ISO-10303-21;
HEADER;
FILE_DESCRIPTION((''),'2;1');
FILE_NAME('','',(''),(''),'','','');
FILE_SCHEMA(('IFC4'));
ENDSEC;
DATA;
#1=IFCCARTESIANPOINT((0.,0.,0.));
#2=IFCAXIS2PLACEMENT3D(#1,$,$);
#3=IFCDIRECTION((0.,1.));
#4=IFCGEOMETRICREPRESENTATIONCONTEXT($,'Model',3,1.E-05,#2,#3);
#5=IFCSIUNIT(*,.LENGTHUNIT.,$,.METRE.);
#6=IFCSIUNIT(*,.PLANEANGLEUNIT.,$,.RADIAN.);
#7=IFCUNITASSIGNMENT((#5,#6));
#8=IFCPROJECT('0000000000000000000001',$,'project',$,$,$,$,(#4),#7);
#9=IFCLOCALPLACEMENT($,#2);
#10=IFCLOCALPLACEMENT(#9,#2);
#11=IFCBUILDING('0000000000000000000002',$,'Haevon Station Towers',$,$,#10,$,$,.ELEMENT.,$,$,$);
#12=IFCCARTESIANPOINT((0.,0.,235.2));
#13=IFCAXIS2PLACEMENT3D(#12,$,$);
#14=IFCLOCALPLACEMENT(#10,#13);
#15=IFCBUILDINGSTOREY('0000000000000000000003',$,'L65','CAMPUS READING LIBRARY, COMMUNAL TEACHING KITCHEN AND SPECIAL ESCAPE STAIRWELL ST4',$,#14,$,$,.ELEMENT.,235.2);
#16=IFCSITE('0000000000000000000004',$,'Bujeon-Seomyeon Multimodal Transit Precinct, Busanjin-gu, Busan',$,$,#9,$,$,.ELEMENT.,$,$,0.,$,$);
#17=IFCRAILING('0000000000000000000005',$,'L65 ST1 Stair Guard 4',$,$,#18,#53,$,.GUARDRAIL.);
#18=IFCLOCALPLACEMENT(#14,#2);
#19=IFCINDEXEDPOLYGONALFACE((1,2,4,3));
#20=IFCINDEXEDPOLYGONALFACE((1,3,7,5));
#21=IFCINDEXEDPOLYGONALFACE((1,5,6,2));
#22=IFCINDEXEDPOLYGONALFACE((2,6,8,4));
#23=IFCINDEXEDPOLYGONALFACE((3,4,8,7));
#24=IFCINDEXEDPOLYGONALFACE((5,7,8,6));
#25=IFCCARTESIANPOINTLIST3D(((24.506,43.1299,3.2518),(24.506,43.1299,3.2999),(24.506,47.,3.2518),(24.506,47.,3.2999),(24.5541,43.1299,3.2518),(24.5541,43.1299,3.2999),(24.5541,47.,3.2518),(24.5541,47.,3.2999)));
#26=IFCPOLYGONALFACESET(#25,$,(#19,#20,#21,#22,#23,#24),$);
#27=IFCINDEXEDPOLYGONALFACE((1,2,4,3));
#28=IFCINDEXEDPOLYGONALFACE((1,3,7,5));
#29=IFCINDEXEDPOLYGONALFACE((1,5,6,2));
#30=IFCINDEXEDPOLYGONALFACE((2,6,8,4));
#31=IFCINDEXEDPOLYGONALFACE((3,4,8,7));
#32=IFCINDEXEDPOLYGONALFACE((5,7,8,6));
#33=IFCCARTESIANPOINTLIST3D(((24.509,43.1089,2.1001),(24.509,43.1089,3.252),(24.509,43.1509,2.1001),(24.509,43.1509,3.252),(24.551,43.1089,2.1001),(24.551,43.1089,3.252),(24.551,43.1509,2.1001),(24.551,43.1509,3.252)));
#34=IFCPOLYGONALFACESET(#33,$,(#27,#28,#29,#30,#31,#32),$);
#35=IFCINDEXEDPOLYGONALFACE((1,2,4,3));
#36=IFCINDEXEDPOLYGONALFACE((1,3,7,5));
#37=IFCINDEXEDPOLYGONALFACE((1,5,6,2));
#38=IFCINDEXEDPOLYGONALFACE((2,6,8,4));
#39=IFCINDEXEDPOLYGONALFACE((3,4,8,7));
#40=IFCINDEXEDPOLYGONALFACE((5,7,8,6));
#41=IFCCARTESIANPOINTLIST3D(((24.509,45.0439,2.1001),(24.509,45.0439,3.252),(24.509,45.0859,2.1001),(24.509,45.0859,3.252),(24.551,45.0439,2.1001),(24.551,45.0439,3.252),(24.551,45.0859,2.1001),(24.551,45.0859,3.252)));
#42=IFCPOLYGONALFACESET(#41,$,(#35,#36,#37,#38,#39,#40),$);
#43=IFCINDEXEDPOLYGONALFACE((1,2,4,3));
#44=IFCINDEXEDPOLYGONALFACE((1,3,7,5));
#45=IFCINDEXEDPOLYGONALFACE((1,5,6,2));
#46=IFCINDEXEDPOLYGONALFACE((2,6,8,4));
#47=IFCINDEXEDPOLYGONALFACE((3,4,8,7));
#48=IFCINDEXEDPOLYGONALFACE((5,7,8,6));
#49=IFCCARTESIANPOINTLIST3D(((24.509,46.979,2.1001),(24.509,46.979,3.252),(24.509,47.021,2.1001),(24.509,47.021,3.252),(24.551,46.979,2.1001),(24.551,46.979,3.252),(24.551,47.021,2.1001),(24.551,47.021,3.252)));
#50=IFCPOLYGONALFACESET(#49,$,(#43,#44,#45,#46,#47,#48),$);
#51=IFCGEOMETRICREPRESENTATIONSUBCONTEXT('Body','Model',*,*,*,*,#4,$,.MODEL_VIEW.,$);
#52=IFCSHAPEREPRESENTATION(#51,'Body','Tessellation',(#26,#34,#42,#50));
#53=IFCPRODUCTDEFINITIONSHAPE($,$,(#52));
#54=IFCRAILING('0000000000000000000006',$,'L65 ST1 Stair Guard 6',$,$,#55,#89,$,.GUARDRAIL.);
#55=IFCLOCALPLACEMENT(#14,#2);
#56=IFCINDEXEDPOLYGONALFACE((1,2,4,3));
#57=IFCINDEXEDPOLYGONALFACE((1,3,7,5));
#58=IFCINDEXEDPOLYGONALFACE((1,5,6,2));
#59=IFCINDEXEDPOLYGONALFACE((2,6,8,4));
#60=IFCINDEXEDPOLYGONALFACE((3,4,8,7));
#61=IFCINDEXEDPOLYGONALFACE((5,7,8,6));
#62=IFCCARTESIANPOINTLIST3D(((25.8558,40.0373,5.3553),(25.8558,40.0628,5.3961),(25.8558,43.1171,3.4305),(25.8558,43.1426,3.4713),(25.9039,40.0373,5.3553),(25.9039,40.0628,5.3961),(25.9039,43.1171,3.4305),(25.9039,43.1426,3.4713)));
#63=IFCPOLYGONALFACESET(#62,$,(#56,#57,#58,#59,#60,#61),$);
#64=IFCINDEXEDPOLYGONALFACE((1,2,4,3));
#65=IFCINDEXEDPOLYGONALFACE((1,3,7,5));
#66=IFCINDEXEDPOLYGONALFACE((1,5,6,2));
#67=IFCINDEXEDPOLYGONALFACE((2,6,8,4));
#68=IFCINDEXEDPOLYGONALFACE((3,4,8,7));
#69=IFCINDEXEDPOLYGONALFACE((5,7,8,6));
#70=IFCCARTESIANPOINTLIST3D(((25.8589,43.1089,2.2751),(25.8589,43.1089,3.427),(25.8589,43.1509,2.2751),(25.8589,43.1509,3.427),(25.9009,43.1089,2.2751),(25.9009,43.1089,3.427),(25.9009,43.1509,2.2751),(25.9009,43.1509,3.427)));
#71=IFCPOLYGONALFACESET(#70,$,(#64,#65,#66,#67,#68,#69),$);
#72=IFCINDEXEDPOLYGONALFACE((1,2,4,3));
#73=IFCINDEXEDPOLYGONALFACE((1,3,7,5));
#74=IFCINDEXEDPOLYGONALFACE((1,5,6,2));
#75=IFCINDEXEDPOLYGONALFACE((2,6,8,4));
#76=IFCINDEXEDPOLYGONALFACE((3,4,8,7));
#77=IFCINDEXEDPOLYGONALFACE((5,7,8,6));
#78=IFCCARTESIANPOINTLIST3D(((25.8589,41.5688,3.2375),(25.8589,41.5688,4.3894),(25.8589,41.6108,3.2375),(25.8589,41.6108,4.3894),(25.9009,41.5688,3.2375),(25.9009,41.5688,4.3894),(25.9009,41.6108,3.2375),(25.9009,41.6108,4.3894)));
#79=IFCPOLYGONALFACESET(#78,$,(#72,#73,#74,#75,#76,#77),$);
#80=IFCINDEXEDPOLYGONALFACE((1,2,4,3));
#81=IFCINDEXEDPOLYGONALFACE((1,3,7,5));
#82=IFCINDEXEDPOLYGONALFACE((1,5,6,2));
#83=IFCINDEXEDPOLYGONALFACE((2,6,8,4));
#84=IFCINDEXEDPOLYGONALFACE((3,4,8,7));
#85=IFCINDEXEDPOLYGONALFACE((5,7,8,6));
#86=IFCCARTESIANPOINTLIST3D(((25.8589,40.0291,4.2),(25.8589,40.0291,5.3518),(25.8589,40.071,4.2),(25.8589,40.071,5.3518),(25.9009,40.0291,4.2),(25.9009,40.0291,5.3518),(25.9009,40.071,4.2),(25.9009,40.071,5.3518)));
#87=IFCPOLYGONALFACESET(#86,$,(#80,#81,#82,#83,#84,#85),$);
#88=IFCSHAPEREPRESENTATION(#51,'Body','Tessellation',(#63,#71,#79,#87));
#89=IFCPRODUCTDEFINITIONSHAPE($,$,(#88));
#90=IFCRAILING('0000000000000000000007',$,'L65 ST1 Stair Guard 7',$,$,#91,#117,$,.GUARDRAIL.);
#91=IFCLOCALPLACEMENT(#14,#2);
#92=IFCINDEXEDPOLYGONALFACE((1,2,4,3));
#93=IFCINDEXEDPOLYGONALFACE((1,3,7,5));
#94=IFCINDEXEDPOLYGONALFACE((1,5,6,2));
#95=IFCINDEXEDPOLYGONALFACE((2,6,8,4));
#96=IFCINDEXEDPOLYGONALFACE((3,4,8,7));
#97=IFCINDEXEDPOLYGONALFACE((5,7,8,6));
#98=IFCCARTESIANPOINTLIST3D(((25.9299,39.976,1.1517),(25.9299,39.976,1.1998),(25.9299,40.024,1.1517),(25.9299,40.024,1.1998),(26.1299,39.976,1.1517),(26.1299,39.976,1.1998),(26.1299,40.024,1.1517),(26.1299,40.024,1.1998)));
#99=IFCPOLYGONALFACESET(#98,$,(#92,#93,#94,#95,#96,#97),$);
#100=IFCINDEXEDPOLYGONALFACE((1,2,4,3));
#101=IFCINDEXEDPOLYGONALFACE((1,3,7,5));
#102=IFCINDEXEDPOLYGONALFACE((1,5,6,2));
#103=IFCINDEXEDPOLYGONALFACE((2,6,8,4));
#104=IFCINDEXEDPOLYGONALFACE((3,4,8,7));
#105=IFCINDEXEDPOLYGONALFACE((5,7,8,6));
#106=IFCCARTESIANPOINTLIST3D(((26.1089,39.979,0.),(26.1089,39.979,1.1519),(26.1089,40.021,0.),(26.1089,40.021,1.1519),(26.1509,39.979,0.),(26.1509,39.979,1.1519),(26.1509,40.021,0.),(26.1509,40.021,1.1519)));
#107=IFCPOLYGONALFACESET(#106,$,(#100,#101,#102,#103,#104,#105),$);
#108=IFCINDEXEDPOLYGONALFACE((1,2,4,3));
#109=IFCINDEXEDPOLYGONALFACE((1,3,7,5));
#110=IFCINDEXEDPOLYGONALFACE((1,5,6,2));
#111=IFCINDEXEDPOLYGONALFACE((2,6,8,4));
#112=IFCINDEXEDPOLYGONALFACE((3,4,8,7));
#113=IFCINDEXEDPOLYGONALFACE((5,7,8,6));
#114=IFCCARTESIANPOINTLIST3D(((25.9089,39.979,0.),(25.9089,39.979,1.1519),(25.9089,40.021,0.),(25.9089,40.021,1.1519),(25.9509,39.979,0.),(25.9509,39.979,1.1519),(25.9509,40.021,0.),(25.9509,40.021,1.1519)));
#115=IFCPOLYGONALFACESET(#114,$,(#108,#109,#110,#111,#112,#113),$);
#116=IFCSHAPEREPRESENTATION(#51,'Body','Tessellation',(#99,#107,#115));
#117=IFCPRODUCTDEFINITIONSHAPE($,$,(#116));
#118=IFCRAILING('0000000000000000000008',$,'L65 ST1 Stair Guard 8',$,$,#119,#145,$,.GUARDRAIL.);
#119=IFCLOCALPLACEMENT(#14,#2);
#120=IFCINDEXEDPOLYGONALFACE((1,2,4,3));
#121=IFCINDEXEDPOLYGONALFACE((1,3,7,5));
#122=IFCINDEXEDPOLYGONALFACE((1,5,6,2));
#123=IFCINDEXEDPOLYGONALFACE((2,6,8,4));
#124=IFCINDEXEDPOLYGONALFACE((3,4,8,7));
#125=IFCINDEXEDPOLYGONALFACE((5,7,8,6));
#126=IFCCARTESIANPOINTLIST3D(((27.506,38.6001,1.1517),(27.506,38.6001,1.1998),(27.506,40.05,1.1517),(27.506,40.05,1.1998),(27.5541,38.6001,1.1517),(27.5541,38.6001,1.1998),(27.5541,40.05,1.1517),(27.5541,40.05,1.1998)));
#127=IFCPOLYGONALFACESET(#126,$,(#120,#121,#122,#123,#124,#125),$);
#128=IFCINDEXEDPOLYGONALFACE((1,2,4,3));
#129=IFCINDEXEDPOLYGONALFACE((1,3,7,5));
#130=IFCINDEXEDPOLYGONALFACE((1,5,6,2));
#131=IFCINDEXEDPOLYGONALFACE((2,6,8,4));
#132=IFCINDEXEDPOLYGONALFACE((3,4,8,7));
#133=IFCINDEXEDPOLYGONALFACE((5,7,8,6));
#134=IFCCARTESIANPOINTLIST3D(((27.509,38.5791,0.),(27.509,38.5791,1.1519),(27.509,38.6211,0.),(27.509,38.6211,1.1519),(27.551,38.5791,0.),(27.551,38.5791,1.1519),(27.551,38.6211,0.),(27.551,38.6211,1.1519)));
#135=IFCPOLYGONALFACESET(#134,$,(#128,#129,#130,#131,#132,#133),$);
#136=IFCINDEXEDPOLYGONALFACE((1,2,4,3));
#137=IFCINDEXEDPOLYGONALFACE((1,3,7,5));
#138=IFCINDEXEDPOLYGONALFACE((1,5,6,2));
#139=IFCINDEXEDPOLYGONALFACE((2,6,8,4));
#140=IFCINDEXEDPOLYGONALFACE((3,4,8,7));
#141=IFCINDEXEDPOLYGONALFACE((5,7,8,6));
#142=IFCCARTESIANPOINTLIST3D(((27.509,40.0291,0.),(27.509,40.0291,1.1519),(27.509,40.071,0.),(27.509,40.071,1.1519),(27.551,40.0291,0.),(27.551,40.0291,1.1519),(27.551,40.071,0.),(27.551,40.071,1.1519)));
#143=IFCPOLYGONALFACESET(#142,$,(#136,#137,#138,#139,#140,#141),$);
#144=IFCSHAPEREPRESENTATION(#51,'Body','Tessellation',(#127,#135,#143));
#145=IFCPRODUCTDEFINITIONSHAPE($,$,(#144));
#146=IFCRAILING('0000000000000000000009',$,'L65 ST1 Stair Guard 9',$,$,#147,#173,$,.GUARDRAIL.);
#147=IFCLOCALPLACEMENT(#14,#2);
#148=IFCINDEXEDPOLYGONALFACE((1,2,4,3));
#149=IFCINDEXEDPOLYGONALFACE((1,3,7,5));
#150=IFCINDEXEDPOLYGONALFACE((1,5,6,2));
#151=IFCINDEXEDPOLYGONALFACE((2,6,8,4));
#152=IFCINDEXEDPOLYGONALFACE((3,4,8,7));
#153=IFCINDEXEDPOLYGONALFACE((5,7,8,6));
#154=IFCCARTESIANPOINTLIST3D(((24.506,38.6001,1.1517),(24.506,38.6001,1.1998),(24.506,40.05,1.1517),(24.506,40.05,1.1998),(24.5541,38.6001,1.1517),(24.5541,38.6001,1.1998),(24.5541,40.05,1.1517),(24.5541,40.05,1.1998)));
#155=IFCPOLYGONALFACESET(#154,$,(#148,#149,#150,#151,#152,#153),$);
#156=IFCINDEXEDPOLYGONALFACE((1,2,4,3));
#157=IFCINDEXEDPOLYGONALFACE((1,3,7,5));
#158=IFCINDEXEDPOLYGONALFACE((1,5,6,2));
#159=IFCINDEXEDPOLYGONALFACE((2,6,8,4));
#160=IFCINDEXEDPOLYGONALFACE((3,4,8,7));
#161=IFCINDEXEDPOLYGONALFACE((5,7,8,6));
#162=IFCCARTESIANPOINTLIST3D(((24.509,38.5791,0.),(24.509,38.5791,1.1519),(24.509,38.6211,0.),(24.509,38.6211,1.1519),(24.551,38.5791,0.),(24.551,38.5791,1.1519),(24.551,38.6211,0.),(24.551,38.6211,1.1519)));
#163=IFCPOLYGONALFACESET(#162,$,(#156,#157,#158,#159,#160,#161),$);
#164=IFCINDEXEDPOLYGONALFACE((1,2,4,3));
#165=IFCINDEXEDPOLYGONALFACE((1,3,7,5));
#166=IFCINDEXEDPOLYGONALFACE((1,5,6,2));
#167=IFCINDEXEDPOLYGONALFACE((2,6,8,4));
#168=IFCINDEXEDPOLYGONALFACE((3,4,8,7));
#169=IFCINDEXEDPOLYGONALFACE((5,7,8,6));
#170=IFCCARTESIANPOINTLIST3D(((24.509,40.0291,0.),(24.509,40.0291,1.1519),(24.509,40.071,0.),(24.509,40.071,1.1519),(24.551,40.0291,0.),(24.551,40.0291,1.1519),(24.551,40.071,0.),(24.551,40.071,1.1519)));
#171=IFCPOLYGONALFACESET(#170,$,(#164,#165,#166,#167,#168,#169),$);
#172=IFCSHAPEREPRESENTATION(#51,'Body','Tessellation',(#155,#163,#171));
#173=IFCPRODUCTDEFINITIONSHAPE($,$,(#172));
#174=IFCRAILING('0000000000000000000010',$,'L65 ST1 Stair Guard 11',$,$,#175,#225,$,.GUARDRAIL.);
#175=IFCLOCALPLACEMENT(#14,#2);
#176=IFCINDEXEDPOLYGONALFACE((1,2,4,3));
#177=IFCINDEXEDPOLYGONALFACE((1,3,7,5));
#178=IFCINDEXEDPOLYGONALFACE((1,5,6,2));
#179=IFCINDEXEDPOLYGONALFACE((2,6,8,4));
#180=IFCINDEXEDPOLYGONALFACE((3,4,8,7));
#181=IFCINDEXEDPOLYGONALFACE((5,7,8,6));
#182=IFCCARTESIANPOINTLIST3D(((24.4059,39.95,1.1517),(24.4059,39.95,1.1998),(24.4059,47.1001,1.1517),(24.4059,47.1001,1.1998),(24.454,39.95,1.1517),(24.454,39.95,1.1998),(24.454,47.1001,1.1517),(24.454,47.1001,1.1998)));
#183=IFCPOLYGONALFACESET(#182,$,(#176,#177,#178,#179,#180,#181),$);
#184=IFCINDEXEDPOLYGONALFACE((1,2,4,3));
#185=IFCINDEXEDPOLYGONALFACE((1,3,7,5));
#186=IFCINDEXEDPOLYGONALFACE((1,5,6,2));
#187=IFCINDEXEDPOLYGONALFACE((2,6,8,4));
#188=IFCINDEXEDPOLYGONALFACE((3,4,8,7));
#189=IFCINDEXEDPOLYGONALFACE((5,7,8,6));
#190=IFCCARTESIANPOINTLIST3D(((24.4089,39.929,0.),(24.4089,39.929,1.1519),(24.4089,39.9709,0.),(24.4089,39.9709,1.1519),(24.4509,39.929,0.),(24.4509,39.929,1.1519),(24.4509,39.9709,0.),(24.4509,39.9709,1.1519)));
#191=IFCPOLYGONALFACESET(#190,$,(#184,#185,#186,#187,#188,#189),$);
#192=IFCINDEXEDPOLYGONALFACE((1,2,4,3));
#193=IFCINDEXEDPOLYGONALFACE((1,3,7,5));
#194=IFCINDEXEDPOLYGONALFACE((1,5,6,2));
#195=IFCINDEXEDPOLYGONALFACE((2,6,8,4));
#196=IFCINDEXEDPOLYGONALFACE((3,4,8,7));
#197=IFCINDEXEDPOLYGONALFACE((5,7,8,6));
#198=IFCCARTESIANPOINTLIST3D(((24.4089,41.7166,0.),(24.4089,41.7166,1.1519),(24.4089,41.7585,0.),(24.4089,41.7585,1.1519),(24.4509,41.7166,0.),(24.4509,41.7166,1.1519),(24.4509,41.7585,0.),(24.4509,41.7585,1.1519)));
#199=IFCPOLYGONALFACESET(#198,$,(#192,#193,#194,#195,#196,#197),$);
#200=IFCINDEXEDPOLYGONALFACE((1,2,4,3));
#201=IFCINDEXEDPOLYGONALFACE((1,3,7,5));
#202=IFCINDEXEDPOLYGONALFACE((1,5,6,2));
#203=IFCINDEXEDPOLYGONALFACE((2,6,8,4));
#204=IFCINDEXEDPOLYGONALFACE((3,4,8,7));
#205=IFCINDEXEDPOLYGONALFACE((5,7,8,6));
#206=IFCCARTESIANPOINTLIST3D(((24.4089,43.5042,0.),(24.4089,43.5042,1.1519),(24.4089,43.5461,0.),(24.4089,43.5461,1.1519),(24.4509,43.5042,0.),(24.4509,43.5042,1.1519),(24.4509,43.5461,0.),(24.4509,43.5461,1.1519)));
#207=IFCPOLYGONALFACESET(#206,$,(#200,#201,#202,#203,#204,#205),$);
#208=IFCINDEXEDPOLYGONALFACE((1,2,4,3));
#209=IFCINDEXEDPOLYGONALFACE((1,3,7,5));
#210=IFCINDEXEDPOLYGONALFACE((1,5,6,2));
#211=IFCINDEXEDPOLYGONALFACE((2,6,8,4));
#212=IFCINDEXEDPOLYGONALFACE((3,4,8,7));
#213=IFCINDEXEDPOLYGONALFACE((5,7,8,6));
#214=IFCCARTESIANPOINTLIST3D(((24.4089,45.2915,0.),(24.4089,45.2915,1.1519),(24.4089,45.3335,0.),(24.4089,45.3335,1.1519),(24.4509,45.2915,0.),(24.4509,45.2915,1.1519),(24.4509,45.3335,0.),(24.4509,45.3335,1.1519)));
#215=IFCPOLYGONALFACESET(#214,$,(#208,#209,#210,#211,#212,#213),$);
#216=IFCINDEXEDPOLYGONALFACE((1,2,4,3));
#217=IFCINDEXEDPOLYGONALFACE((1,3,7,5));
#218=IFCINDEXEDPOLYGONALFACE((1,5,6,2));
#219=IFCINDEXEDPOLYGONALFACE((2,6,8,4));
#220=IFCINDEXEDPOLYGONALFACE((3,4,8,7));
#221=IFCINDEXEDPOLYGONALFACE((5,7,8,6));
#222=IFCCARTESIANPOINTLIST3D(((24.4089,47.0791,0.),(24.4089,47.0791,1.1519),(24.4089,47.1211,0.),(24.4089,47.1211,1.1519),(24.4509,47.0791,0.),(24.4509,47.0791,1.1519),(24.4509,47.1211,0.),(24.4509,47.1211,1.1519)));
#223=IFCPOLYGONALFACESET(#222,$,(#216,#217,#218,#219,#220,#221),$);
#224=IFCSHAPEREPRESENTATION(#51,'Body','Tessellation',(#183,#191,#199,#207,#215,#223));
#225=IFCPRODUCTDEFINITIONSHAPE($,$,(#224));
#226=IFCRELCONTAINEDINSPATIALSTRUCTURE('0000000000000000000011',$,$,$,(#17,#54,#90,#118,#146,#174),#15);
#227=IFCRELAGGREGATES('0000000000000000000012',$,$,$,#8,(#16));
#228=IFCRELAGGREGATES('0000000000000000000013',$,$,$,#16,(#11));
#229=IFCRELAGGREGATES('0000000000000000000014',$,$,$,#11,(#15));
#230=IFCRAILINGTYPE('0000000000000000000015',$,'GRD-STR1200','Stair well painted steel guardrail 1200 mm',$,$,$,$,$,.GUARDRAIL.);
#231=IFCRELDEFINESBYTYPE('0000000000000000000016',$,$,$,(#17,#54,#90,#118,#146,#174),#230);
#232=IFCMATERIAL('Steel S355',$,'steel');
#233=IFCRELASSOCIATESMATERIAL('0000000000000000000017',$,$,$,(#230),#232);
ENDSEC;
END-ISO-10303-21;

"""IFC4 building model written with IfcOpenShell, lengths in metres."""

from ifc_helpers import new_model, si_unit, direction, frame, origin, origin_2d, place, context, subcontext, project, spatial, rectangle, extrude, material, type_object, element, save


model = new_model("IFC4")

# Units and contexts
model_context = context("Model", 3, precision=1e-05, world=origin(), true_north=direction((0.0, 1.0)))
body_context = subcontext(model_context, "Body", "Model", "MODEL_VIEW")
ifc_project = project(units=[si_unit("LENGTHUNIT", "METRE"), si_unit("PLANEANGLEUNIT", "RADIAN")], contexts=[model_context])

# Site, building, storey
site_placement = place(None, origin())
site = spatial("IfcSite", under=ifc_project, at=site_placement, Name="Bujeon-Seomyeon Multimodal Transit Precinct, Busanjin-gu, Busan", CompositionType="ELEMENT", RefElevation=0.0)
building_placement = place(site_placement, origin())
building = spatial("IfcBuilding", under=site, at=building_placement, Name="Haevon Station Towers", CompositionType="ELEMENT")
storey_placement = place(building_placement, frame((0.0, 0.0, 235.2)))
storey = spatial("IfcBuildingStorey", under=building, at=storey_placement, Name="L65", Description="CAMPUS READING LIBRARY, COMMUNAL TEACHING KITCHEN AND SPECIAL ESCAPE STAIRWELL ST4", CompositionType="ELEMENT", Elevation=235.2)

# Shared definitions
ifc_material_1 = material(Name="Steel S355", Category="steel")

# Railings
railing_type_1 = type_object("IfcRailingType", Name="GRD-STR1200", Description="Stair well painted steel guardrail 1200 mm", PredefinedType="GUARDRAIL", material=ifc_material_1)
for number, where, name in (
    (1, (24.53, 43.1299, 2.1001), "L65 ST1 Stair Guard 4"),
):
    element("IfcRailing", number, at=place(storey_placement, frame(where)), inside=storey, type_object=railing_type_1, Name=name, PredefinedType="GUARDRAIL", context=body_context, shape_type="SweptSolid", body=[
        extrude(rectangle(XDim=0.0481, YDim=0.0481, at=origin_2d()), frame((0.0, 0.0, 1.1758), z_axis=(0.0, 1.0, 0.0), x_axis=(-1.0, 0.0, 0.0)), (0.0, 0.0, 1.0), 3.8701),
        extrude(rectangle(XDim=0.042, YDim=0.042, at=origin_2d()), origin(), (0.0, 0.0, 1.0), 1.1519),
        extrude(rectangle(XDim=0.042, YDim=0.042, at=origin_2d()), frame((0.0, 1.9351, 0.0)), (0.0, 0.0, 1.0), 1.1519),
        extrude(rectangle(XDim=0.042, YDim=0.042, at=origin_2d()), frame((0.0, 3.8701, 0.0)), (0.0, 0.0, 1.0), 1.1519),
    ])
railing_1_placement = place(storey_placement, frame((25.8799, 43.1299, 2.2751)))
element("IfcRailing", 2, at=railing_1_placement, inside=storey, type_object=railing_type_1, Name="L65 ST1 Stair Guard 6", PredefinedType="GUARDRAIL", context=body_context, shape_type="SweptSolid", body=[
    extrude(rectangle(XDim=0.0481, YDim=0.0481, at=origin_2d()), frame((0.0, 0.0, 1.1758), z_axis=(0.0, -0.84801, 0.529981), x_axis=(1.0, 0.0, 0.0)), (0.0, 0.0, 1.0), 3.6318),
    extrude(rectangle(XDim=0.042, YDim=0.042, at=origin_2d()), origin(), (0.0, 0.0, 1.0), 1.1519),
    extrude(rectangle(XDim=0.042, YDim=0.042, at=origin_2d()), frame((0.0, -1.54, 0.9624)), (0.0, 0.0, 1.0), 1.1519),
    extrude(rectangle(XDim=0.042, YDim=0.042, at=origin_2d()), frame((0.0, -3.0798, 1.9248)), (0.0, 0.0, 1.0), 1.1519),
])
railing_2_placement = place(storey_placement, frame((26.1299, 40.0, 0.0)))
element("IfcRailing", 3, at=railing_2_placement, inside=storey, type_object=railing_type_1, Name="L65 ST1 Stair Guard 7", PredefinedType="GUARDRAIL", context=body_context, shape_type="SweptSolid", body=[
    extrude(rectangle(XDim=0.0481, YDim=0.0481, at=origin_2d()), frame((0.0, 0.0, 1.1758), z_axis=(-1.0, 0.0, 0.0), x_axis=(0.0, -1.0, 0.0)), (0.0, 0.0, 1.0), 0.2),
    extrude(rectangle(XDim=0.042, YDim=0.042, at=origin_2d()), origin(), (0.0, 0.0, 1.0), 1.1519),
    extrude(rectangle(XDim=0.042, YDim=0.042, at=origin_2d()), frame((-0.2, 0.0, 0.0)), (0.0, 0.0, 1.0), 1.1519),
])
for number, where, name in (
    (4, (27.53, 38.6001, 0.0), "L65 ST1 Stair Guard 8"),
    (5, (24.53, 38.6001, 0.0), "L65 ST1 Stair Guard 9"),
):
    element("IfcRailing", number, at=place(storey_placement, frame(where)), inside=storey, type_object=railing_type_1, Name=name, PredefinedType="GUARDRAIL", context=body_context, shape_type="SweptSolid", body=[
        extrude(rectangle(XDim=0.0481, YDim=0.0481, at=origin_2d()), frame((0.0, 0.0, 1.1758), z_axis=(0.0, 1.0, 0.0), x_axis=(-1.0, 0.0, 0.0)), (0.0, 0.0, 1.0), 1.45),
        extrude(rectangle(XDim=0.042, YDim=0.042, at=origin_2d()), origin(), (0.0, 0.0, 1.0), 1.1519),
        extrude(rectangle(XDim=0.042, YDim=0.042, at=origin_2d()), frame((0.0, 1.45, 0.0)), (0.0, 0.0, 1.0), 1.1519),
    ])
railing_3_placement = place(storey_placement, frame((24.4299, 39.95, 0.0)))
element("IfcRailing", 6, at=railing_3_placement, inside=storey, type_object=railing_type_1, Name="L65 ST1 Stair Guard 11", PredefinedType="GUARDRAIL", context=body_context, shape_type="SweptSolid", body=[
    extrude(rectangle(XDim=0.0481, YDim=0.0481, at=origin_2d()), frame((0.0, 0.0, 1.1758), z_axis=(0.0, 1.0, 0.0), x_axis=(-1.0, 0.0, 0.0)), (0.0, 0.0, 1.0), 7.1501),
    extrude(rectangle(XDim=0.042, YDim=0.042, at=origin_2d()), origin(), (0.0, 0.0, 1.0), 1.1519),
    extrude(rectangle(XDim=0.042, YDim=0.042, at=origin_2d()), frame((0.0, 1.7876, 0.0)), (0.0, 0.0, 1.0), 1.1519),
    extrude(rectangle(XDim=0.042, YDim=0.042, at=origin_2d()), frame((0.0, 3.5752, 0.0)), (0.0, 0.0, 1.0), 1.1519),
    extrude(rectangle(XDim=0.042, YDim=0.042, at=origin_2d()), frame((0.0, 5.3625, 0.0)), (0.0, 0.0, 1.0), 1.1519),
    extrude(rectangle(XDim=0.042, YDim=0.042, at=origin_2d()), frame((0.0, 7.1501, 0.0)), (0.0, 0.0, 1.0), 1.1519),
])

save(model, "model.ifc")
